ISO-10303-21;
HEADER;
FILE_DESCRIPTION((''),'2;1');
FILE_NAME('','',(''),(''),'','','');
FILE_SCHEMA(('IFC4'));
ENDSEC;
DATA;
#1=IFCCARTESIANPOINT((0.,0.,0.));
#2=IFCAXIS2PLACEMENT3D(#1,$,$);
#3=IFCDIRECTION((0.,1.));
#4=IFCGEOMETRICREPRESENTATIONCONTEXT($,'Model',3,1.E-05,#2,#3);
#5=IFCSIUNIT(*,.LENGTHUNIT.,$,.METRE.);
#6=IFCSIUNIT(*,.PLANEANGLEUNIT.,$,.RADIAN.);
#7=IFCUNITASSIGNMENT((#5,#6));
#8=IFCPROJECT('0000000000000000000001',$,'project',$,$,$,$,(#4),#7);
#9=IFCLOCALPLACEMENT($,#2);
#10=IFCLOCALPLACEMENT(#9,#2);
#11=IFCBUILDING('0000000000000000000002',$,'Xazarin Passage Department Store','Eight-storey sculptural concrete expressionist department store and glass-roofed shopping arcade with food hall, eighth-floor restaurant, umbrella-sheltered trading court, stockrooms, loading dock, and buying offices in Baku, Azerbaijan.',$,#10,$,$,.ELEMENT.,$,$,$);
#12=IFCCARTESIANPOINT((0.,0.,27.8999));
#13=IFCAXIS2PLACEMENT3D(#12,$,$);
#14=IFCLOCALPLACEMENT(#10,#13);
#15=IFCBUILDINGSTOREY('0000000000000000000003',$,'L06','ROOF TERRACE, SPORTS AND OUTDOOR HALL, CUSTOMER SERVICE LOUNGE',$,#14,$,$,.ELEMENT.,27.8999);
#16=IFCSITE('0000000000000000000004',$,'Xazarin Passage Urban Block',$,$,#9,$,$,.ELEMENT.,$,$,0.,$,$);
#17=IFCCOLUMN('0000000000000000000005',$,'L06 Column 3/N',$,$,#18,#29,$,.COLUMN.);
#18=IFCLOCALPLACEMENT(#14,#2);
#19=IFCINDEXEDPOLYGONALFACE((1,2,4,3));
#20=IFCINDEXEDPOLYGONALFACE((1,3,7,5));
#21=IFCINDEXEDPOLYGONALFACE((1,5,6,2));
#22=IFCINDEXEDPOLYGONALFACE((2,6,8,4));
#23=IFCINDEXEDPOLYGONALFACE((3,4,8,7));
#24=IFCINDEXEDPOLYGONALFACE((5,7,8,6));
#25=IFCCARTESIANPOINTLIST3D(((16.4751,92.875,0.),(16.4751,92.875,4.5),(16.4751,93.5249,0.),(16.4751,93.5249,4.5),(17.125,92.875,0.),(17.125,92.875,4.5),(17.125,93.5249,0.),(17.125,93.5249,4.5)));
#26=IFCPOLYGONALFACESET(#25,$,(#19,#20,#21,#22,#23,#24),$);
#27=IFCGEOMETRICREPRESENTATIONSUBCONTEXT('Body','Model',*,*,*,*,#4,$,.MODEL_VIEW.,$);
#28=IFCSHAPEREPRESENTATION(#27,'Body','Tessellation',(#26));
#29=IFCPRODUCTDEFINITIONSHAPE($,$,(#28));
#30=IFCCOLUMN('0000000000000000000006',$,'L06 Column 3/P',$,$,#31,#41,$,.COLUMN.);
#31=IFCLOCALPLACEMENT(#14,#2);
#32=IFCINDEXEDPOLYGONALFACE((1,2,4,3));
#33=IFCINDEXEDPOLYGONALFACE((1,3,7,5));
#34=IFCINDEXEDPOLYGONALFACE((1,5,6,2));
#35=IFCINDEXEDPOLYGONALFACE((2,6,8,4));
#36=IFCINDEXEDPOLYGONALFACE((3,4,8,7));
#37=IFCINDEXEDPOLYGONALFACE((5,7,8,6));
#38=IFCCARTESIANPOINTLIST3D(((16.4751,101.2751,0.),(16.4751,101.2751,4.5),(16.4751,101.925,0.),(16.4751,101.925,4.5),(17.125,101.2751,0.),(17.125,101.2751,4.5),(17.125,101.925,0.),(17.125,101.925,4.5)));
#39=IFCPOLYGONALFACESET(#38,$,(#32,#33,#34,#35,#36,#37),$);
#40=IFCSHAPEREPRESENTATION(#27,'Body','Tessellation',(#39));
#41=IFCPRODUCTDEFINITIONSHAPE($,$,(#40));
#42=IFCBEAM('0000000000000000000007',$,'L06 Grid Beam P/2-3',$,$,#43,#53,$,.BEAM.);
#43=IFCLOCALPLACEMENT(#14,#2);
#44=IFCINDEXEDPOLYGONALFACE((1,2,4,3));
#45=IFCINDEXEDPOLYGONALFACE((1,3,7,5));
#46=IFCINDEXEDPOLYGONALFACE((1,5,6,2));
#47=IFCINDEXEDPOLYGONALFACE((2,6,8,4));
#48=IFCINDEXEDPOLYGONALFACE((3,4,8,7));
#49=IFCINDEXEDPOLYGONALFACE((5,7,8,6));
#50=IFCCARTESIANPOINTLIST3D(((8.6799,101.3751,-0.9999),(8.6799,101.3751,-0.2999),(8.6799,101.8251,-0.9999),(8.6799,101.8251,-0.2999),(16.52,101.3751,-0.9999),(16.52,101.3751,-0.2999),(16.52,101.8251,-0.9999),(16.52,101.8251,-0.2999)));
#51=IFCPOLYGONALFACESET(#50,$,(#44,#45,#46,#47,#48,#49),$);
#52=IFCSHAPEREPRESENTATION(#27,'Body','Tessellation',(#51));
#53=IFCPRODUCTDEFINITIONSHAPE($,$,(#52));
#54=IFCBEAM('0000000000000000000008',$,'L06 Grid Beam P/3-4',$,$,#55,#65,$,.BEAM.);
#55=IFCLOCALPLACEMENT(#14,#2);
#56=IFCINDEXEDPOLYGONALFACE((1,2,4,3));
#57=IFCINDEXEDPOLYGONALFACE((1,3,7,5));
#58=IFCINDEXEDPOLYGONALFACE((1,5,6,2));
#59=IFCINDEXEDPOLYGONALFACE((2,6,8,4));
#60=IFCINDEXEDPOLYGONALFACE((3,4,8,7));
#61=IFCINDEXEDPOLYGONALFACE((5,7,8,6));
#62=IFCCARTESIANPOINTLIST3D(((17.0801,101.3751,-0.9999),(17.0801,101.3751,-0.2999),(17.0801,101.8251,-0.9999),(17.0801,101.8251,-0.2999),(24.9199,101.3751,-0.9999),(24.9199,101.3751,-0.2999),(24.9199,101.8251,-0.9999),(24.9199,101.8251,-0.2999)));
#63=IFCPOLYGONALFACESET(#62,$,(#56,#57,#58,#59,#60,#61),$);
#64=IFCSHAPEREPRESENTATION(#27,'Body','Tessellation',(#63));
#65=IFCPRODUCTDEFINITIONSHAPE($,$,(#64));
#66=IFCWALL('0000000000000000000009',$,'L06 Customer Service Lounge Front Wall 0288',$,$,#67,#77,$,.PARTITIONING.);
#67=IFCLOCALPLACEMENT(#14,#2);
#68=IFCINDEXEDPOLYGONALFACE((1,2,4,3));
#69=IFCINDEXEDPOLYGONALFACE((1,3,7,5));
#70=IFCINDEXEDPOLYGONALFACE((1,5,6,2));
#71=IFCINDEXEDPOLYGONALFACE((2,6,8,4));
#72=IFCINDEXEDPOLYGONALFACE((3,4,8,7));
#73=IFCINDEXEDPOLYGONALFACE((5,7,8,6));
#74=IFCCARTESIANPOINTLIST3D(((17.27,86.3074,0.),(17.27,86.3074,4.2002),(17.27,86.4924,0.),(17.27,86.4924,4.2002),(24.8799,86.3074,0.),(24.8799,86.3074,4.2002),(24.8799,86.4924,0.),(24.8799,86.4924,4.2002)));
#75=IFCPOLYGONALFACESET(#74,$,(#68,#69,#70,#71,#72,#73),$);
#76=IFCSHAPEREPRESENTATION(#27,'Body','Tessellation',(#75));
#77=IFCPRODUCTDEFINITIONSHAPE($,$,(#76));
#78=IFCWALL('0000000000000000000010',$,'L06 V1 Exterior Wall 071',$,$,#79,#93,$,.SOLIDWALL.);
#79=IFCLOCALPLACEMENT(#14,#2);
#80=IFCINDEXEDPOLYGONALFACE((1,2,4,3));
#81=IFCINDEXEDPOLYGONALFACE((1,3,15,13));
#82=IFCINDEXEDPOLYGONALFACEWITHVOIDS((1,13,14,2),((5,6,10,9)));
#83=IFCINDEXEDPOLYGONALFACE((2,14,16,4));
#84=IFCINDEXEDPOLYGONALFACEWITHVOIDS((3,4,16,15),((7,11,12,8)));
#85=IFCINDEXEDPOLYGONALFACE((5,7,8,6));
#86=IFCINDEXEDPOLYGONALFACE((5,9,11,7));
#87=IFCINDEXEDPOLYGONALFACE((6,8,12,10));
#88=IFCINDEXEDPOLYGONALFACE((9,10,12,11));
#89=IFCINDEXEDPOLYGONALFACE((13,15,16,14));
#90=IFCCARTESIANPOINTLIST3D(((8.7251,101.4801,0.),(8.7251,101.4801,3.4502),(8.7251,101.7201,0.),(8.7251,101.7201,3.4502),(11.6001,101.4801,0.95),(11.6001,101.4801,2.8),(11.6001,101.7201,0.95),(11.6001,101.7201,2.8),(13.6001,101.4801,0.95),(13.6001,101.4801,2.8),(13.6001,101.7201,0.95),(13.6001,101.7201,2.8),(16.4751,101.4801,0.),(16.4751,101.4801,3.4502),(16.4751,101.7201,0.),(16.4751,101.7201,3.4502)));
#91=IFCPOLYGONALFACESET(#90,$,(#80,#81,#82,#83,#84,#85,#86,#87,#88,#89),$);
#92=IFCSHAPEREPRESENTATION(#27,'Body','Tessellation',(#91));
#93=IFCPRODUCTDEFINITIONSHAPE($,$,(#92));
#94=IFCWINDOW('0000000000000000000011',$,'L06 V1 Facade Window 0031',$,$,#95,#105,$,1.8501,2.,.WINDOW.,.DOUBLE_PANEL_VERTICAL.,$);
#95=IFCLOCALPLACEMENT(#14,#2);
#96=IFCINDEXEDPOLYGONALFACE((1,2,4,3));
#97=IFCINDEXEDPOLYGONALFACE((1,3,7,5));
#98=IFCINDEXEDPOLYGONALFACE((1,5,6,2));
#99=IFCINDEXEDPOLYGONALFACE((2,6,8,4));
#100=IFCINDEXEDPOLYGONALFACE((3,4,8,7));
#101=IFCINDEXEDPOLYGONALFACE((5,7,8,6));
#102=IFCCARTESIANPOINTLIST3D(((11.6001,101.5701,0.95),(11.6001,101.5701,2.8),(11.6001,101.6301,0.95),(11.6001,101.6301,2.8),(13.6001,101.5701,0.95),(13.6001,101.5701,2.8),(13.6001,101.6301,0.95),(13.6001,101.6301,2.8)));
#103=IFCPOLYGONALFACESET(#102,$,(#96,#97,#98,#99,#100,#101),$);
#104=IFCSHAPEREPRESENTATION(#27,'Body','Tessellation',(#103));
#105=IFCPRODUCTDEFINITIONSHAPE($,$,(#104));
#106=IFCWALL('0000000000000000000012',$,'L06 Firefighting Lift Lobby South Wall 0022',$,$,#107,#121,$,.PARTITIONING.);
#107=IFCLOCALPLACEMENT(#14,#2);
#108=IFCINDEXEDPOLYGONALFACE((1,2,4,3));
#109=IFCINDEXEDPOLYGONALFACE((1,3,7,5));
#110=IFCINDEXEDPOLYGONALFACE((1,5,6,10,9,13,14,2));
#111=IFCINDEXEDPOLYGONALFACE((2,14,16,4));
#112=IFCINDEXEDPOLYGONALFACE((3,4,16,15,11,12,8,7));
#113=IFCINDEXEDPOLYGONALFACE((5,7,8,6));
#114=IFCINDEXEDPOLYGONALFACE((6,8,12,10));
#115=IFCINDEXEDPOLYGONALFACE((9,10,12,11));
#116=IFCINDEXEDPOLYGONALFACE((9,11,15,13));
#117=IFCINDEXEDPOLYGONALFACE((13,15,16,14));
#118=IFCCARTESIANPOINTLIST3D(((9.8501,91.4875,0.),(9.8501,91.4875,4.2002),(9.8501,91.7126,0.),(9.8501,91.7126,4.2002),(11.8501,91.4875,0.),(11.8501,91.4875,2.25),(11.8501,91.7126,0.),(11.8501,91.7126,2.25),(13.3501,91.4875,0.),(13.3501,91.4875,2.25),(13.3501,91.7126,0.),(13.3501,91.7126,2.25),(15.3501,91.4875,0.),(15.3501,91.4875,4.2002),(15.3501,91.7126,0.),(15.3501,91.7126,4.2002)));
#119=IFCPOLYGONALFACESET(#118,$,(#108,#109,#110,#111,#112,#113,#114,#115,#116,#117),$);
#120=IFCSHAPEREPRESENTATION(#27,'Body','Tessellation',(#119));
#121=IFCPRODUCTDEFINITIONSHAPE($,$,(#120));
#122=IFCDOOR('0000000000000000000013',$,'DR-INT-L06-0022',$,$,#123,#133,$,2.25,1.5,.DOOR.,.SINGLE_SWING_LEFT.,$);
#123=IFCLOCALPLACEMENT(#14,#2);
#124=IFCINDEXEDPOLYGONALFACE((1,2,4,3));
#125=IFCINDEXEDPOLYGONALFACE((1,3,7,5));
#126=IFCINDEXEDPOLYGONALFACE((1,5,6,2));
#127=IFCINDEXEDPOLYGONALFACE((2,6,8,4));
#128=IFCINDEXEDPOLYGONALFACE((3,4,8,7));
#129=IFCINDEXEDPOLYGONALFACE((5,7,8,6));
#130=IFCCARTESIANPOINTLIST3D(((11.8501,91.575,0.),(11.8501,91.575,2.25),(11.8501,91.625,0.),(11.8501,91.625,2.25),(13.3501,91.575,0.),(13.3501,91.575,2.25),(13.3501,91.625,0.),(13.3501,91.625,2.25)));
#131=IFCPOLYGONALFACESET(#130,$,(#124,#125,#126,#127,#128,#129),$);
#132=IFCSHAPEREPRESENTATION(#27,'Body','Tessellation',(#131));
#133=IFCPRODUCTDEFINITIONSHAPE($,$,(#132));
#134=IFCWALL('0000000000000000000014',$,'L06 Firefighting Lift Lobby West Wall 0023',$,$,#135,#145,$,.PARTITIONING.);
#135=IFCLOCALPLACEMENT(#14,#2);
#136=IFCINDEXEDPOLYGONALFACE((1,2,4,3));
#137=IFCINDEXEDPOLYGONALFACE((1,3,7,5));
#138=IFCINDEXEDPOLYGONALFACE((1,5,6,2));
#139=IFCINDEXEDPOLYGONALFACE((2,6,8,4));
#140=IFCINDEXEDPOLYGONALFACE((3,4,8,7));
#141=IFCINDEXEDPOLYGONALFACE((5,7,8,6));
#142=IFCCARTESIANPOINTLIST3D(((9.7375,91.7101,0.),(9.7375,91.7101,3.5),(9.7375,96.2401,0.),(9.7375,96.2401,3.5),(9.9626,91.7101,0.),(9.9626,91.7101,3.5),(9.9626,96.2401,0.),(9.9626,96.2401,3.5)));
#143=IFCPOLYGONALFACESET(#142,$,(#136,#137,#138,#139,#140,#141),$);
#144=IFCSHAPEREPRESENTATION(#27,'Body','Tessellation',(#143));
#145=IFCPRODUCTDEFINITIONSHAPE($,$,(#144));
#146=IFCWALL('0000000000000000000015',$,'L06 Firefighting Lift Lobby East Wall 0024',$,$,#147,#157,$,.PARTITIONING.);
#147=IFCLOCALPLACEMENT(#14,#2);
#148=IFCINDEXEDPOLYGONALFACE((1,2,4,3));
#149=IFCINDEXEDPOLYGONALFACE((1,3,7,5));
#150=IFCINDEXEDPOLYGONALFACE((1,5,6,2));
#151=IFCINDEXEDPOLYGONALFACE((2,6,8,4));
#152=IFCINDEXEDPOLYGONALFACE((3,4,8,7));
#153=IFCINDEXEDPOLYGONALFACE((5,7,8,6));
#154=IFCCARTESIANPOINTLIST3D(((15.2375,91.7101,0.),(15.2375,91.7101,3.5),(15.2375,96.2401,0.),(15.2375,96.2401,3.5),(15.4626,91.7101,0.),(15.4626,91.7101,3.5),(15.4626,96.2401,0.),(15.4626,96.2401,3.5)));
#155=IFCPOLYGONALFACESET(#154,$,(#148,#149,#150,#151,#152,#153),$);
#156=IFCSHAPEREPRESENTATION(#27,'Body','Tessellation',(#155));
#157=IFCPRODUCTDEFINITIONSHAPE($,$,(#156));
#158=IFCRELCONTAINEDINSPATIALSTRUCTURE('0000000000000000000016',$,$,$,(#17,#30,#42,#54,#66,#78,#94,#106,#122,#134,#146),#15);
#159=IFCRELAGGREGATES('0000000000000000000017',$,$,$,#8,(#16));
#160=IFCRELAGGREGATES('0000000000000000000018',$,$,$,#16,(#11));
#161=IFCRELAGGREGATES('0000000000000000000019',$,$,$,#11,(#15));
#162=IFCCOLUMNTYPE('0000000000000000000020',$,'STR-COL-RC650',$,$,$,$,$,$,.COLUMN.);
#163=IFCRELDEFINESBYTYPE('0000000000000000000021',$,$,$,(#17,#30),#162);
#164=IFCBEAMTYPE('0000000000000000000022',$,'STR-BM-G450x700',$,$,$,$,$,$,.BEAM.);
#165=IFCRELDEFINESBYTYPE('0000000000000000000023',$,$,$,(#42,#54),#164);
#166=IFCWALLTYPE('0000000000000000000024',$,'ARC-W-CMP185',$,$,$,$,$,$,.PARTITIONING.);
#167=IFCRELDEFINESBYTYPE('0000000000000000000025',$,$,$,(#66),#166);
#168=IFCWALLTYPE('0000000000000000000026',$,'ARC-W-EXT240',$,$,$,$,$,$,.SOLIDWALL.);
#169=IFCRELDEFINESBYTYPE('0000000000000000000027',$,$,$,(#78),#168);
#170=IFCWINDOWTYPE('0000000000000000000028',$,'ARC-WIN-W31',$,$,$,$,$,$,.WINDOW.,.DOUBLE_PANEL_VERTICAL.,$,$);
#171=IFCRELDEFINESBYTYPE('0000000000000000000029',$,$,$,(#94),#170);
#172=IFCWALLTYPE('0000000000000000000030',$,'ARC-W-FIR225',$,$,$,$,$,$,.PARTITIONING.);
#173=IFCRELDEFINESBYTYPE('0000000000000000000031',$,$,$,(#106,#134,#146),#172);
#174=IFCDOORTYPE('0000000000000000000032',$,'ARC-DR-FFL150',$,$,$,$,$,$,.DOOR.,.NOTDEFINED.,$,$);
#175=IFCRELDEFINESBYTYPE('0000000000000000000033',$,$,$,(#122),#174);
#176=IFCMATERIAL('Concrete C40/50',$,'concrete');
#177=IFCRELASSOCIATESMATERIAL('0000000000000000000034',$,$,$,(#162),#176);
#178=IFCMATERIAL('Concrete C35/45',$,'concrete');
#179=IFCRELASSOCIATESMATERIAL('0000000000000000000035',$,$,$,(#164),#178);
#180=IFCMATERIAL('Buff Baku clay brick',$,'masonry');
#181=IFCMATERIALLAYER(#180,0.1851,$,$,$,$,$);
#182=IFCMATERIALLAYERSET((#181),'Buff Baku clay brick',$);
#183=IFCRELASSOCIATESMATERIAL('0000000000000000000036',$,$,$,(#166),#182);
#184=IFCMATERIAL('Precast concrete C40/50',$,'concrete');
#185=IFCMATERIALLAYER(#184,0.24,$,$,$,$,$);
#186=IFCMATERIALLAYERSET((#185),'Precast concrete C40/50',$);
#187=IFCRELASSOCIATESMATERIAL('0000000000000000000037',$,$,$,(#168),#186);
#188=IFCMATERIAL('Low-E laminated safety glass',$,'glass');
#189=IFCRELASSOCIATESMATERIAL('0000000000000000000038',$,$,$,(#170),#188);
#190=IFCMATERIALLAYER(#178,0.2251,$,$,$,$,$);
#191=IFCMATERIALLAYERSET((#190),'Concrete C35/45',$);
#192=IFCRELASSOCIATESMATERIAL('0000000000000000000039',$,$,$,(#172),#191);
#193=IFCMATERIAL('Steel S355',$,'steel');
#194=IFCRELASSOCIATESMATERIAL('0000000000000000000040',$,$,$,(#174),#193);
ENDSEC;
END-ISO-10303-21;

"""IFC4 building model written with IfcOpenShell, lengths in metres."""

from ifc_helpers import new_model, si_unit, direction, frame, frame_2d, origin, origin_2d, place, context, subcontext, project, spatial, rectangle, extrude, material, layer, layer_set, material_profile, profile_set, type_object, element, fill, save


model = new_model("IFC4")

# Units and contexts
model_context = context("Model", 3, precision=1e-05, world=origin(), true_north=direction((0.0, 1.0)))
body_context = subcontext(model_context, "Body", "Model", "MODEL_VIEW")
ifc_project = project(units=[si_unit("LENGTHUNIT", "METRE"), si_unit("PLANEANGLEUNIT", "RADIAN")], contexts=[model_context])

# Site, building, storey
site_placement = place(None, origin())
site = spatial("IfcSite", under=ifc_project, at=site_placement, Name="Xazarin Passage Urban Block", CompositionType="ELEMENT", RefElevation=0.0)
building_placement = place(site_placement, origin())
building = spatial("IfcBuilding", under=site, at=building_placement, Name="Xazarin Passage Department Store", Description="Eight-storey sculptural concrete expressionist department store and glass-roofed shopping arcade with food hall, eighth-floor restaurant, umbrella-sheltered trading court, stockrooms, loading dock, and buying offices in Baku, Azerbaijan.", CompositionType="ELEMENT")
storey_placement = place(building_placement, frame((0.0, 0.0, 27.8999)))
storey = spatial("IfcBuildingStorey", under=building, at=storey_placement, Name="L06", Description="ROOF TERRACE, SPORTS AND OUTDOOR HALL, CUSTOMER SERVICE LOUNGE", CompositionType="ELEMENT", Elevation=27.8999)

# Columns
ifc_material_1 = material(Name="Concrete C40/50", Category="concrete")
ifc_material_profile_1 = material_profile(ifc_material_1, rectangle(XDim=0.6499, YDim=0.6499, at=origin_2d()), Name="RC 650x650")
ifc_profile_set_1 = profile_set([ifc_material_profile_1], Name="Concrete C40/50")
column_type = type_object("IfcColumnType", Name="STR-COL-RC650", PredefinedType="COLUMN", material=ifc_profile_set_1)
for number, where, z_axis, x_axis, name in (
    (1, (16.8, 93.2, 0.0), (0.0, 0.0, 1.0), (1.0, 0.0, 0.0), "L06 Column 3/N"),
    (2, (16.8, 101.6001, 0.0), (0.0, 0.0, 1.0), (1.0, 0.0, 0.0), "L06 Column 3/P"),
):
    element("IfcColumn", number, at=place(storey_placement, frame(where, z_axis=z_axis, x_axis=x_axis)), inside=storey, type_object=column_type, Name=name, PredefinedType="COLUMN", context=body_context, shape_type="SweptSolid", body=[
        extrude(rectangle(XDim=0.6499, YDim=0.6499, at=origin_2d()), origin(), (0.0, 0.0, 1.0), 4.5),
    ])

# Beams
ifc_material_2 = material(Name="Concrete C35/45", Category="concrete")
ifc_material_profile_2 = material_profile(ifc_material_2, rectangle(XDim=0.45, YDim=0.7, at=origin_2d()), Name="RC 450x700")
ifc_profile_set_2 = profile_set([ifc_material_profile_2], Name="Concrete C35/45")
beam_type = type_object("IfcBeamType", Name="STR-BM-G450x700", PredefinedType="BEAM", material=ifc_profile_set_2)
beam_1_placement = place(storey_placement, frame((8.6799, 101.6001, -0.6499), z_axis=(1.0, 0.0, 0.0), x_axis=(0.0, 1.0, 0.0)))
element("IfcBeam", 3, at=beam_1_placement, inside=storey, type_object=beam_type, Name="L06 Grid Beam P/2-3", PredefinedType="BEAM", context=body_context, shape_type="SweptSolid", body=[
    extrude(rectangle(XDim=0.45, YDim=0.7, at=origin_2d()), origin(), (0.0, 0.0, 1.0), 7.8401),
])
beam_2_placement = place(storey_placement, frame((17.0801, 101.6001, -0.6499), z_axis=(1.0, 0.0, 0.0), x_axis=(0.0, 1.0, 0.0)))
element("IfcBeam", 4, at=beam_2_placement, inside=storey, type_object=beam_type, Name="L06 Grid Beam P/3-4", PredefinedType="BEAM", context=body_context, shape_type="SweptSolid", body=[
    extrude(rectangle(XDim=0.45, YDim=0.7, at=origin_2d()), origin(), (0.0, 0.0, 1.0), 7.8398),
])

# Wall
ifc_material_3 = material(Name="Buff Baku clay brick", Category="masonry")
ifc_layer_1 = layer(ifc_material_3, 0.1851)
ifc_layer_set_1 = layer_set([ifc_layer_1], Name="Buff Baku clay brick")
wall_type_1 = type_object("IfcWallType", Name="ARC-W-CMP185", PredefinedType="PARTITIONING", material=ifc_layer_set_1)
wall_1_placement = place(storey_placement, frame((17.27, 86.3999, 0.0), z_axis=(0.0, 0.0, 1.0), x_axis=(1.0, 0.0, 0.0)))
element("IfcWall", 5, at=wall_1_placement, inside=storey, type_object=wall_type_1, Name="L06 Customer Service Lounge Front Wall 0288", PredefinedType="PARTITIONING", context=body_context, shape_type="SweptSolid", body=[
    extrude(rectangle(XDim=7.6099, YDim=0.1851, at=frame_2d((3.8049, 0.0))), origin(), (0.0, 0.0, 1.0), 4.2002),
])

# Wall, opening, window
ifc_material_4 = material(Name="Precast concrete C40/50", Category="concrete")
ifc_layer_2 = layer(ifc_material_4, 0.24)
ifc_layer_set_2 = layer_set([ifc_layer_2], Name="Precast concrete C40/50")
wall_type_2 = type_object("IfcWallType", Name="ARC-W-EXT240", PredefinedType="SOLIDWALL", material=ifc_layer_set_2)
wall_2_placement = place(storey_placement, frame((8.7251, 101.6001, 0.0), z_axis=(0.0, 0.0, 1.0), x_axis=(1.0, 0.0, 0.0)))
wall_2 = element("IfcWall", 6, at=wall_2_placement, inside=storey, type_object=wall_type_2, Name="L06 V1 Exterior Wall 071", PredefinedType="SOLIDWALL", context=body_context, shape_type="SweptSolid", body=[
    extrude(rectangle(XDim=7.75, YDim=0.24, at=frame_2d((3.875, 0.0))), origin(), (0.0, 0.0, 1.0), 3.4502),
])
opening_1_placement = place(wall_2_placement, frame((2.875, 0.0, 0.95)))
opening_1 = element("IfcOpeningElement", 7, at=opening_1_placement, cuts=wall_2, PredefinedType="OPENING", context=body_context, shape_type="SweptSolid", body=[
    extrude(rectangle(XDim=2.0, YDim=1.8501, at=frame_2d((1.0, 0.925))), frame((0.0, 0.1299, 0.0), z_axis=(0.0, -1.0, 0.0), x_axis=(1.0, 0.0, 0.0)), (0.0, 0.0, 1.0), 0.26),
])
ifc_material_5 = material(Name="Low-E laminated safety glass", Category="glass")
window_type = type_object("IfcWindowType", Name="ARC-WIN-W31", PartitioningType="DOUBLE_PANEL_VERTICAL", PredefinedType="WINDOW", material=ifc_material_5)
window_placement = place(opening_1_placement, origin())
window = element("IfcWindow", 8, at=window_placement, inside=storey, type_object=window_type, Name="L06 V1 Facade Window 0031", OverallHeight=1.8501, OverallWidth=2.0, PartitioningType="DOUBLE_PANEL_VERTICAL", PredefinedType="WINDOW", context=body_context, shape_type="SweptSolid", body=[
    extrude(rectangle(XDim=2.0, YDim=1.8501, at=frame_2d((1.0, 0.925))), frame((0.0, 0.03, 0.0), z_axis=(0.0, -1.0, 0.0), x_axis=(1.0, 0.0, 0.0)), (0.0, 0.0, 1.0), 0.0601),
])
fill(opening_1, window)

# Wall, opening, door
ifc_layer_3 = layer(ifc_material_2, 0.2251)
ifc_layer_set_3 = layer_set([ifc_layer_3], Name="Concrete C35/45")
wall_type_3 = type_object("IfcWallType", Name="ARC-W-FIR225", PredefinedType="PARTITIONING", material=ifc_layer_set_3)
wall_3_placement = place(storey_placement, frame((9.8501, 91.6001, 0.0), z_axis=(0.0, 0.0, 1.0), x_axis=(1.0, 0.0, 0.0)))
wall_3 = element("IfcWall", 9, at=wall_3_placement, inside=storey, type_object=wall_type_3, Name="L06 Firefighting Lift Lobby South Wall 0022", PredefinedType="PARTITIONING", context=body_context, shape_type="SweptSolid", body=[
    extrude(rectangle(XDim=5.5, YDim=0.2251, at=frame_2d((2.75, 0.0))), origin(), (0.0, 0.0, 1.0), 4.2002),
])
opening_2_placement = place(wall_3_placement, frame((2.0, 0.0, 0.0)))
opening_2 = element("IfcOpeningElement", 10, at=opening_2_placement, cuts=wall_3, PredefinedType="OPENING", context=body_context, shape_type="SweptSolid", body=[
    extrude(rectangle(XDim=1.5, YDim=2.25, at=frame_2d((0.75, 1.125))), frame((0.0, 0.1226, 0.0), z_axis=(0.0, -1.0, 0.0), x_axis=(1.0, 0.0, 0.0)), (0.0, 0.0, 1.0), 0.2451),
])
ifc_material_6 = material(Name="Steel S355", Category="steel")
door_type_1 = type_object("IfcDoorType", Name="ARC-DR-FFL150", OperationType="NOTDEFINED", PredefinedType="DOOR", material=ifc_material_6)
door_1_placement = place(opening_2_placement, origin())
door_1 = element("IfcDoor", 11, at=door_1_placement, inside=storey, type_object=door_type_1, Name="DR-INT-L06-0022", OperationType="SINGLE_SWING_LEFT", OverallHeight=2.25, OverallWidth=1.5, PredefinedType="DOOR", context=body_context, shape_type="SweptSolid", body=[
    extrude(rectangle(XDim=1.5, YDim=2.25, at=frame_2d((0.75, 1.125))), frame((0.0, 0.0249, 0.0), z_axis=(0.0, -1.0, 0.0), x_axis=(1.0, 0.0, 0.0)), (0.0, 0.0, 1.0), 0.05),
])
fill(opening_2, door_1)

# Walls
for number, where, z_axis, x_axis, name in (
    (12, (9.8501, 91.71, 0.0), (0.0, 0.0, 1.0), (0.0, 1.0, 0.0), "L06 Firefighting Lift Lobby West Wall 0023"),
    (13, (15.3501, 91.71, 0.0), (0.0, 0.0, 1.0), (0.0, 1.0, 0.0), "L06 Firefighting Lift Lobby East Wall 0024"),
):
    element("IfcWall", number, at=place(storey_placement, frame(where, z_axis=z_axis, x_axis=x_axis)), inside=storey, type_object=wall_type_3, Name=name, PredefinedType="PARTITIONING", context=body_context, shape_type="SweptSolid", body=[
        extrude(rectangle(XDim=4.53, YDim=0.2251, at=frame_2d((2.2651, 0.0))), origin(), (0.0, 0.0, 1.0), 3.5),
    ])

save(model, "model.ifc")
